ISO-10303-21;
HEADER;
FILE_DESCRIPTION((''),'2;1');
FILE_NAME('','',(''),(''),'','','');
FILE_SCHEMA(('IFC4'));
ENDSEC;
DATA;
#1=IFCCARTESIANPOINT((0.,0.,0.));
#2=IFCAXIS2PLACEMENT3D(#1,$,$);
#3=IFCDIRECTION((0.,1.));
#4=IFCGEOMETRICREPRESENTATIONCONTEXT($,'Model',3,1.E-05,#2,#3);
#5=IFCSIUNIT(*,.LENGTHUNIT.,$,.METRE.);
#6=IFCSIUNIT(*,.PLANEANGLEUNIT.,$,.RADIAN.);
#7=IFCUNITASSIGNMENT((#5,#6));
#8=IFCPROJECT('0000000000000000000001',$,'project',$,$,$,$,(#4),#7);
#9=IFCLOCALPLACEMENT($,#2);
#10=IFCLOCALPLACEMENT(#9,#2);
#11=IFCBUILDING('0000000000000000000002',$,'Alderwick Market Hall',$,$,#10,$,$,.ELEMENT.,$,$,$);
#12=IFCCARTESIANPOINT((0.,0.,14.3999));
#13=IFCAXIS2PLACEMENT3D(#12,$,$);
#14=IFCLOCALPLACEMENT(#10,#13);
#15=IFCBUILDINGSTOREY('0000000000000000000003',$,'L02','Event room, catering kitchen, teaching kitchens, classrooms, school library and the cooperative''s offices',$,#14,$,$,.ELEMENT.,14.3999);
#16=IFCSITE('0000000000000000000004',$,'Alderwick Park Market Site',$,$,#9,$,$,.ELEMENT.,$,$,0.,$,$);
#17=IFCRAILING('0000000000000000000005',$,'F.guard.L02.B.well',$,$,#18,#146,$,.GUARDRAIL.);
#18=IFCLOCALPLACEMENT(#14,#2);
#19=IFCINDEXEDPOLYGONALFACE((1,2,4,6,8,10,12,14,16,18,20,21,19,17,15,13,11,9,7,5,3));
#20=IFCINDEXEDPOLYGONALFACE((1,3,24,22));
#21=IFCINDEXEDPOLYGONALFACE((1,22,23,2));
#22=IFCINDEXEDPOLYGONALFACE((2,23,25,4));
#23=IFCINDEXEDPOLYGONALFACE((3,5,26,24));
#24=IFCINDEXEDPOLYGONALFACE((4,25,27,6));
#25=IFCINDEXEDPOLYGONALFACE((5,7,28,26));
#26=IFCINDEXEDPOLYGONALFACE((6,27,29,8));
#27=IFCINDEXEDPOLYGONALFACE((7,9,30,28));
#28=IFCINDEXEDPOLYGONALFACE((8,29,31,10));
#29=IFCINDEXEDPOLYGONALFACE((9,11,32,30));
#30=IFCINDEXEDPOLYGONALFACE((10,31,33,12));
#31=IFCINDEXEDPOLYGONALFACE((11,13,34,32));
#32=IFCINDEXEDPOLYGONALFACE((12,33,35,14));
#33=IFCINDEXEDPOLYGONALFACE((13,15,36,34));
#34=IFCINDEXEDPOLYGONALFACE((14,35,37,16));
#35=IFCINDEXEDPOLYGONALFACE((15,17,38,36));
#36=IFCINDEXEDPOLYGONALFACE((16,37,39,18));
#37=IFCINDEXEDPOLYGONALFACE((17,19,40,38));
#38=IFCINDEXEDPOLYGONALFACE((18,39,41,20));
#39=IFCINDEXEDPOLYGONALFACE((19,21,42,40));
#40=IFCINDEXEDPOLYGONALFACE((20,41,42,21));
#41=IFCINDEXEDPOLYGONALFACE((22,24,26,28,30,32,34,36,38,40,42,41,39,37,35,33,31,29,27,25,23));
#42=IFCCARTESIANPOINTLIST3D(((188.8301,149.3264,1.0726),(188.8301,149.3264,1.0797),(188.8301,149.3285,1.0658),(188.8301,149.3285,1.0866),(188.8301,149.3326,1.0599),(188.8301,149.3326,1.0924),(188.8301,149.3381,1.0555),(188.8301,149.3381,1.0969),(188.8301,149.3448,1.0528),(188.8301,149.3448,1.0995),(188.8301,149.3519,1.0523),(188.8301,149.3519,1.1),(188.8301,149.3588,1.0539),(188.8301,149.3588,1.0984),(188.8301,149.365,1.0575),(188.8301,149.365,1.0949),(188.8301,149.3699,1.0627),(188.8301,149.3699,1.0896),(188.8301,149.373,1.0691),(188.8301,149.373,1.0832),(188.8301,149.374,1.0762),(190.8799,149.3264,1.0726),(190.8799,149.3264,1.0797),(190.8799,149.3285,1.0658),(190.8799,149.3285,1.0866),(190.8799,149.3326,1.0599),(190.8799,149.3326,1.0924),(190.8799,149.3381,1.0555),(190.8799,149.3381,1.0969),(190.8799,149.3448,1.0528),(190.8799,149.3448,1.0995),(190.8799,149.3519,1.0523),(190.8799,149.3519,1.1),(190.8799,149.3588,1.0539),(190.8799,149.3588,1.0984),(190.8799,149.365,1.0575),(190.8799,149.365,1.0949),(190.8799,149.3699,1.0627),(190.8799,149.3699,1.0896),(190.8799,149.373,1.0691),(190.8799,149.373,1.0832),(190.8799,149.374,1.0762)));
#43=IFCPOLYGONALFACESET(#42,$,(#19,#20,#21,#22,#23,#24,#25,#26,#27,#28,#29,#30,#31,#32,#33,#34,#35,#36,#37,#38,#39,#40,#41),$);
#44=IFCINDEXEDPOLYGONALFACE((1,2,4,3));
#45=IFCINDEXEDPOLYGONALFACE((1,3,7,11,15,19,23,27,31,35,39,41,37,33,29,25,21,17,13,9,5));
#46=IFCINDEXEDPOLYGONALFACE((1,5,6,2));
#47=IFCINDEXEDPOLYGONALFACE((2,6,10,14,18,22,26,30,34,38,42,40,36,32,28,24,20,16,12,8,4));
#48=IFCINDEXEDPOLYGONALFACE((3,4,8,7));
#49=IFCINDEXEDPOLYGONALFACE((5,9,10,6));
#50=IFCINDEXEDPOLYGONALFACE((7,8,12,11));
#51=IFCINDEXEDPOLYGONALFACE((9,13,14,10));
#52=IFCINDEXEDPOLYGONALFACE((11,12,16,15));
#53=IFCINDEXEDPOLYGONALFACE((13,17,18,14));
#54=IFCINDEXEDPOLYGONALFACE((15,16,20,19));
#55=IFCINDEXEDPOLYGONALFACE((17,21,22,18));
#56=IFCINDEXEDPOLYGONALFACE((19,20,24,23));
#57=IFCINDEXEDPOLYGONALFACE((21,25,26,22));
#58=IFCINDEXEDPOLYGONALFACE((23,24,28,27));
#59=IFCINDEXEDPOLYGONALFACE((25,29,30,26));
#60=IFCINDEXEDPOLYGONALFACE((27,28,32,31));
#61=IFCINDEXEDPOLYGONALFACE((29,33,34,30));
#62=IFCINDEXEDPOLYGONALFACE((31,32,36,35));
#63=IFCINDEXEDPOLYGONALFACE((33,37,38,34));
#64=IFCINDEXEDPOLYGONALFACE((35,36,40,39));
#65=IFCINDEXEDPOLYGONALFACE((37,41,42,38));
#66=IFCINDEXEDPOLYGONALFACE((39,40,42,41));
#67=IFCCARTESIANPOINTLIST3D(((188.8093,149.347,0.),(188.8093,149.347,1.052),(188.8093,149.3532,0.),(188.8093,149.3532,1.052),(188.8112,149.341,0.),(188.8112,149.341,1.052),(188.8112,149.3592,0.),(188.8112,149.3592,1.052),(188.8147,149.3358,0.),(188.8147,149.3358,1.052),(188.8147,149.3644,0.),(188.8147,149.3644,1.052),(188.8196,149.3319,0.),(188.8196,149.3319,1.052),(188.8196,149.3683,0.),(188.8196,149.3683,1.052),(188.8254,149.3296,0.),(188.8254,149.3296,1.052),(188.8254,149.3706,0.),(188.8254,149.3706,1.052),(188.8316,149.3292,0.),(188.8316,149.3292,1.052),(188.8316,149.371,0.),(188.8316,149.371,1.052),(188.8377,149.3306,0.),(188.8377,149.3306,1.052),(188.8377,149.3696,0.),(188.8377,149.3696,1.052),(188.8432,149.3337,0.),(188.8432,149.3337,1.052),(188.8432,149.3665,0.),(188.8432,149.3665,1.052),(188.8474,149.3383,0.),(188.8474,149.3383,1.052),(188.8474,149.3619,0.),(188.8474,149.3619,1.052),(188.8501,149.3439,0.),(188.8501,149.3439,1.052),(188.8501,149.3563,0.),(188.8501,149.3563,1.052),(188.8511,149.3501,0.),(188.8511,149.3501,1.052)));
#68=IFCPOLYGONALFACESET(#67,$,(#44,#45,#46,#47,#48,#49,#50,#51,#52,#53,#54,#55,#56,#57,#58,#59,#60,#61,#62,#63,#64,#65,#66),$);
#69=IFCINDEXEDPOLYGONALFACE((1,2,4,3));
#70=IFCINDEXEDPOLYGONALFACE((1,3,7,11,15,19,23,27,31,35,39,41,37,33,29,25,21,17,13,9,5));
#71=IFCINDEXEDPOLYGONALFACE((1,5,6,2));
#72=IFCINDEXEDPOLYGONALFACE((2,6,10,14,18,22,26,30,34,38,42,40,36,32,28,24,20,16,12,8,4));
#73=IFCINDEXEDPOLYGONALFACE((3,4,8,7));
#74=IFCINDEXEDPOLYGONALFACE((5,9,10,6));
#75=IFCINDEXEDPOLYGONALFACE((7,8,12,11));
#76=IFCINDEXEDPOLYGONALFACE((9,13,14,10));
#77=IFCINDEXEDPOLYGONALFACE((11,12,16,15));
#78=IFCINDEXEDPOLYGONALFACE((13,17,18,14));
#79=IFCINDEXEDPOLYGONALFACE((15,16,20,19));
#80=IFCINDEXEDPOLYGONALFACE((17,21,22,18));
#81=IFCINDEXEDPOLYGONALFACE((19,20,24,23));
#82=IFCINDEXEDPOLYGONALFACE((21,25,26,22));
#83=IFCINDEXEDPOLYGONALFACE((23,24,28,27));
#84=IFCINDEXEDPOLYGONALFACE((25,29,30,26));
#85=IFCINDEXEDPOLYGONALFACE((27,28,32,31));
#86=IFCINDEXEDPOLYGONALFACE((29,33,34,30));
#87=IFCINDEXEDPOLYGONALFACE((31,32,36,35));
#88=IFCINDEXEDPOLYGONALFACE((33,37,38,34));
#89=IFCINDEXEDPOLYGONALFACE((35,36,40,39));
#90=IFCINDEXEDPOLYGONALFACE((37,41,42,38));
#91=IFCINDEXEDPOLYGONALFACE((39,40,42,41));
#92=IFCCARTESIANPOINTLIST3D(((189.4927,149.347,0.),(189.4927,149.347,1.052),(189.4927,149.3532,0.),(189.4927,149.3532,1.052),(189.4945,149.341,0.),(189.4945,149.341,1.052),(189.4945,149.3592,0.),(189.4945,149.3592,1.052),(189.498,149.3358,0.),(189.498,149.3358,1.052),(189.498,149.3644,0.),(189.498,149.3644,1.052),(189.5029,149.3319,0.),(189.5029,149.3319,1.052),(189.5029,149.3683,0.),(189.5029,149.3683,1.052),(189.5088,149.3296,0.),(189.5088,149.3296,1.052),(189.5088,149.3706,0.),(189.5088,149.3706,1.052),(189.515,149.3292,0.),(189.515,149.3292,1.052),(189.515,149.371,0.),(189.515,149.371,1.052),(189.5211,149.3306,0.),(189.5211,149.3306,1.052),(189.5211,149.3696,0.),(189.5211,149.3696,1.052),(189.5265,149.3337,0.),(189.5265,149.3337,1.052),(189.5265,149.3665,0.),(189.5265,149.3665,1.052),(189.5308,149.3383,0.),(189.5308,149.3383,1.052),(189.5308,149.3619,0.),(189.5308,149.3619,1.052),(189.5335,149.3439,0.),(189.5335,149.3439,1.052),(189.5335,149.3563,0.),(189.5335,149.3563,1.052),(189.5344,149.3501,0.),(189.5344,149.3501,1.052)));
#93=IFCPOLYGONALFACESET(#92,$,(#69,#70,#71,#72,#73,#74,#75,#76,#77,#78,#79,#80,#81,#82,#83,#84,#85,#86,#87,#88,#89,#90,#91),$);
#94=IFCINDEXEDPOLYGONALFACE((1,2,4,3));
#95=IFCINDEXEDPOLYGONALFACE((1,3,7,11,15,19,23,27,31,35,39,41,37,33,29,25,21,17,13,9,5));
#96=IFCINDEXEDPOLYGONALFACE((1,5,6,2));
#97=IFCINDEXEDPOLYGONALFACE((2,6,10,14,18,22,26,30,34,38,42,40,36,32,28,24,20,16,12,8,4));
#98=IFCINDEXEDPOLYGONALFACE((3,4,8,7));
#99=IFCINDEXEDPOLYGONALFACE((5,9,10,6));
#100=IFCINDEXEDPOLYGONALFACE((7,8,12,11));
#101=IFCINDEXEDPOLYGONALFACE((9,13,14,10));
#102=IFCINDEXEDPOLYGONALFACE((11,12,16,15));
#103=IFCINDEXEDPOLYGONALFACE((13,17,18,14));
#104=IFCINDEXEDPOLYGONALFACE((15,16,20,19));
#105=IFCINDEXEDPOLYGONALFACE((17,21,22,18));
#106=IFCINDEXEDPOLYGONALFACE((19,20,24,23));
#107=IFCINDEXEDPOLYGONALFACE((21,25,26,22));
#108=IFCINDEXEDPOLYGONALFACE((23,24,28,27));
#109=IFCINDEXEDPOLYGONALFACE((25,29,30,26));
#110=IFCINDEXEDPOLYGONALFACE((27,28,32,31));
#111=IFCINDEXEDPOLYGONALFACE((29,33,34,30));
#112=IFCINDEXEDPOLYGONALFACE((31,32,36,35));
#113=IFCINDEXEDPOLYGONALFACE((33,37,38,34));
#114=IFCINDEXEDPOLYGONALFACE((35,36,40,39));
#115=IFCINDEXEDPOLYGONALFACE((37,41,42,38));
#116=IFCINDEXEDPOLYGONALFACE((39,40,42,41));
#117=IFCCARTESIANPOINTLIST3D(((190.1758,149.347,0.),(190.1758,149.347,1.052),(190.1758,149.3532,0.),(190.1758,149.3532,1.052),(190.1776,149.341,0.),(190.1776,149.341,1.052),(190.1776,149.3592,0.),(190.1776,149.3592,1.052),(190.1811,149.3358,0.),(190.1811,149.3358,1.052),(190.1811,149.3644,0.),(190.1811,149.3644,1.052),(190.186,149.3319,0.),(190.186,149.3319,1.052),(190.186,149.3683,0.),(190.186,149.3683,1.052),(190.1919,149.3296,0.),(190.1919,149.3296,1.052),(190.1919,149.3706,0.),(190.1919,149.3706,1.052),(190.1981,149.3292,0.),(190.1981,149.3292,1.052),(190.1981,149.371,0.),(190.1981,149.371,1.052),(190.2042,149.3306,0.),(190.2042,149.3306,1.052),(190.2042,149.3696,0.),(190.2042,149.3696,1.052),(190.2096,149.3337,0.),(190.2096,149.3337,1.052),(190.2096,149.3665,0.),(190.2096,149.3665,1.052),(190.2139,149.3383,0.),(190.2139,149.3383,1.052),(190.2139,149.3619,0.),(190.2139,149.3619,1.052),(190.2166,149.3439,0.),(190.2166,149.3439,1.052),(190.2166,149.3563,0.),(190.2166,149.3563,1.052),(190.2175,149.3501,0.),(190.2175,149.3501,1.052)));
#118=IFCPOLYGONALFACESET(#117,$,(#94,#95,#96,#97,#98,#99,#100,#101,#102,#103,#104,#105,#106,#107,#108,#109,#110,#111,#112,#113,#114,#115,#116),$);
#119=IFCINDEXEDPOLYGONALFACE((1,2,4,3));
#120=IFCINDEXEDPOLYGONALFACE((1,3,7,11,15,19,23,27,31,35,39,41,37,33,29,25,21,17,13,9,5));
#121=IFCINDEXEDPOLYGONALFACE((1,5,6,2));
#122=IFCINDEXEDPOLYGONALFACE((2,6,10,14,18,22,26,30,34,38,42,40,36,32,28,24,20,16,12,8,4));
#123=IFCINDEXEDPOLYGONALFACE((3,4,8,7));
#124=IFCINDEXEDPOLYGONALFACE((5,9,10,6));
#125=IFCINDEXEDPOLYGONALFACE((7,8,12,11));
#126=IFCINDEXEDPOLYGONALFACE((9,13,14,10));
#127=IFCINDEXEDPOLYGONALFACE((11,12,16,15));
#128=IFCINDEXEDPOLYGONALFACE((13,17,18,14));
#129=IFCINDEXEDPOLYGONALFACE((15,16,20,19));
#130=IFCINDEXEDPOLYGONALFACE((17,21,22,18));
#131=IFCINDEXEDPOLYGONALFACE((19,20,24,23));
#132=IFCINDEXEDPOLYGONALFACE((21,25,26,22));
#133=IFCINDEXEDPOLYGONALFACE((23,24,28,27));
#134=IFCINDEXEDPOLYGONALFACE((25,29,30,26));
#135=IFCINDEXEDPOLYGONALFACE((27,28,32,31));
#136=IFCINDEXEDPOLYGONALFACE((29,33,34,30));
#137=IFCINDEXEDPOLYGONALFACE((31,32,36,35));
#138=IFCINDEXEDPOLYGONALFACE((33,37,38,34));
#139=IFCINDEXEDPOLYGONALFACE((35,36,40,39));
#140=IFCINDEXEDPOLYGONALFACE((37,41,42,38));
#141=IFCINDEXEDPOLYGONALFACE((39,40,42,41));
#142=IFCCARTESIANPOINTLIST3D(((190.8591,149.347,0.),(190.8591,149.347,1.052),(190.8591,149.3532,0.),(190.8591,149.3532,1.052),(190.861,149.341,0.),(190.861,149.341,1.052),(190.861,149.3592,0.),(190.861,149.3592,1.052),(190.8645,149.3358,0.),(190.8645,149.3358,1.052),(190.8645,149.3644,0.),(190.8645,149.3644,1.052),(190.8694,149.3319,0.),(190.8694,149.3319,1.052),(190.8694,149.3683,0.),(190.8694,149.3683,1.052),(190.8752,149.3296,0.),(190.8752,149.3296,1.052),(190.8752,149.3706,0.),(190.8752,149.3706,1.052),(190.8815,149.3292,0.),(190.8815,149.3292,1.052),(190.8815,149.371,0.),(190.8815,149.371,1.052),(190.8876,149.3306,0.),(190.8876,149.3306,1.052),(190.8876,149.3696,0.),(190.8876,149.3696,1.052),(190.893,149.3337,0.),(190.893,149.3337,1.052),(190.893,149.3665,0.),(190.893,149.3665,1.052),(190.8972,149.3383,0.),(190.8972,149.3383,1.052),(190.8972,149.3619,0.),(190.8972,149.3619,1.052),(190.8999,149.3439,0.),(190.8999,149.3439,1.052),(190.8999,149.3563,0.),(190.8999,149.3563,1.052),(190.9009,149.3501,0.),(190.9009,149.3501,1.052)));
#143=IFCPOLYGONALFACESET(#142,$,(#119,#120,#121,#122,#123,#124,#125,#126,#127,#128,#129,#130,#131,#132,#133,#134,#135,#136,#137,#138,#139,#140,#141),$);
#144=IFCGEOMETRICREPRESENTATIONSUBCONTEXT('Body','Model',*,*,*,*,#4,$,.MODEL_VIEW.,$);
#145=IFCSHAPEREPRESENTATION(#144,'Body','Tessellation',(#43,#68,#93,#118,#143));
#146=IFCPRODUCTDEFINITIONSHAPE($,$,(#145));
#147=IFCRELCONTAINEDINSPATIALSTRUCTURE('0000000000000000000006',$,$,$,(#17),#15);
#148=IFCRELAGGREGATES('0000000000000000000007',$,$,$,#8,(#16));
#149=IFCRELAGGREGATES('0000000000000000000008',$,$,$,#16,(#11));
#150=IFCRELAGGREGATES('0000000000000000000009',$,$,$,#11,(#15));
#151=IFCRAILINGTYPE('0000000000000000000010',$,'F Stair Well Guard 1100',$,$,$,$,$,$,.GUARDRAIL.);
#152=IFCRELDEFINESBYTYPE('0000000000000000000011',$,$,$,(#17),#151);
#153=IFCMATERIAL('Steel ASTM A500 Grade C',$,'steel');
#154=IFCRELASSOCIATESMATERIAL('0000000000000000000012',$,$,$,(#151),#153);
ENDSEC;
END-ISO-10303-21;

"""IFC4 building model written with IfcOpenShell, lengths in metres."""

from ifc_helpers import new_model, si_unit, direction, frame, origin, origin_2d, place, context, subcontext, project, spatial, circle, extrude, material, type_object, element, save


model = new_model("IFC4")

# Units and contexts
model_context = context("Model", 3, precision=1e-05, world=origin(), true_north=direction((0.0, 1.0)))
body_context = subcontext(model_context, "Body", "Model", "MODEL_VIEW")
ifc_project = project(units=[si_unit("LENGTHUNIT", "METRE"), si_unit("PLANEANGLEUNIT", "RADIAN")], contexts=[model_context])

# Site, building, storey
site_placement = place(None, origin())
site = spatial("IfcSite", under=ifc_project, at=site_placement, Name="Alderwick Park Market Site", CompositionType="ELEMENT", RefElevation=0.0)
building_placement = place(site_placement, origin())
building = spatial("IfcBuilding", under=site, at=building_placement, Name="Alderwick Market Hall", CompositionType="ELEMENT")
storey_placement = place(building_placement, frame((0.0, 0.0, 14.3999)))
storey = spatial("IfcBuildingStorey", under=building, at=storey_placement, Name="L02", Description="Event room, catering kitchen, teaching kitchens, classrooms, school library and the cooperative's offices", CompositionType="ELEMENT", Elevation=14.3999)

# Railing
ifc_material_1 = material(Name="Steel ASTM A500 Grade C", Category="steel")
railing_type = type_object("IfcRailingType", Name="F Stair Well Guard 1100", PredefinedType="GUARDRAIL", material=ifc_material_1)
railing_placement = place(storey_placement, frame((188.8301, 149.3501, 0.0)))
element("IfcRailing", 1, at=railing_placement, inside=storey, type_object=railing_type, Name="F.guard.L02.B.well", PredefinedType="GUARDRAIL", context=body_context, shape_type="SweptSolid", body=[
    extrude(circle(Radius=0.0239, at=origin_2d()), frame((0.0, 0.0, 1.0762), z_axis=(1.0, 0.0, 0.0), x_axis=(0.0, 1.0, 0.0)), (0.0, 0.0, 1.0), 2.0498),
    extrude(circle(Radius=0.021, at=origin_2d()), origin(), (0.0, 0.0, 1.0), 1.052),
    extrude(circle(Radius=0.021, at=origin_2d()), frame((0.6833, 0.0, 0.0)), (0.0, 0.0, 1.0), 1.052),
    extrude(circle(Radius=0.021, at=origin_2d()), frame((1.3665, 0.0, 0.0)), (0.0, 0.0, 1.0), 1.052),
    extrude(circle(Radius=0.021, at=origin_2d()), frame((2.0498, 0.0, 0.0)), (0.0, 0.0, 1.0), 1.052),
])

save(model, "model.ifc")
